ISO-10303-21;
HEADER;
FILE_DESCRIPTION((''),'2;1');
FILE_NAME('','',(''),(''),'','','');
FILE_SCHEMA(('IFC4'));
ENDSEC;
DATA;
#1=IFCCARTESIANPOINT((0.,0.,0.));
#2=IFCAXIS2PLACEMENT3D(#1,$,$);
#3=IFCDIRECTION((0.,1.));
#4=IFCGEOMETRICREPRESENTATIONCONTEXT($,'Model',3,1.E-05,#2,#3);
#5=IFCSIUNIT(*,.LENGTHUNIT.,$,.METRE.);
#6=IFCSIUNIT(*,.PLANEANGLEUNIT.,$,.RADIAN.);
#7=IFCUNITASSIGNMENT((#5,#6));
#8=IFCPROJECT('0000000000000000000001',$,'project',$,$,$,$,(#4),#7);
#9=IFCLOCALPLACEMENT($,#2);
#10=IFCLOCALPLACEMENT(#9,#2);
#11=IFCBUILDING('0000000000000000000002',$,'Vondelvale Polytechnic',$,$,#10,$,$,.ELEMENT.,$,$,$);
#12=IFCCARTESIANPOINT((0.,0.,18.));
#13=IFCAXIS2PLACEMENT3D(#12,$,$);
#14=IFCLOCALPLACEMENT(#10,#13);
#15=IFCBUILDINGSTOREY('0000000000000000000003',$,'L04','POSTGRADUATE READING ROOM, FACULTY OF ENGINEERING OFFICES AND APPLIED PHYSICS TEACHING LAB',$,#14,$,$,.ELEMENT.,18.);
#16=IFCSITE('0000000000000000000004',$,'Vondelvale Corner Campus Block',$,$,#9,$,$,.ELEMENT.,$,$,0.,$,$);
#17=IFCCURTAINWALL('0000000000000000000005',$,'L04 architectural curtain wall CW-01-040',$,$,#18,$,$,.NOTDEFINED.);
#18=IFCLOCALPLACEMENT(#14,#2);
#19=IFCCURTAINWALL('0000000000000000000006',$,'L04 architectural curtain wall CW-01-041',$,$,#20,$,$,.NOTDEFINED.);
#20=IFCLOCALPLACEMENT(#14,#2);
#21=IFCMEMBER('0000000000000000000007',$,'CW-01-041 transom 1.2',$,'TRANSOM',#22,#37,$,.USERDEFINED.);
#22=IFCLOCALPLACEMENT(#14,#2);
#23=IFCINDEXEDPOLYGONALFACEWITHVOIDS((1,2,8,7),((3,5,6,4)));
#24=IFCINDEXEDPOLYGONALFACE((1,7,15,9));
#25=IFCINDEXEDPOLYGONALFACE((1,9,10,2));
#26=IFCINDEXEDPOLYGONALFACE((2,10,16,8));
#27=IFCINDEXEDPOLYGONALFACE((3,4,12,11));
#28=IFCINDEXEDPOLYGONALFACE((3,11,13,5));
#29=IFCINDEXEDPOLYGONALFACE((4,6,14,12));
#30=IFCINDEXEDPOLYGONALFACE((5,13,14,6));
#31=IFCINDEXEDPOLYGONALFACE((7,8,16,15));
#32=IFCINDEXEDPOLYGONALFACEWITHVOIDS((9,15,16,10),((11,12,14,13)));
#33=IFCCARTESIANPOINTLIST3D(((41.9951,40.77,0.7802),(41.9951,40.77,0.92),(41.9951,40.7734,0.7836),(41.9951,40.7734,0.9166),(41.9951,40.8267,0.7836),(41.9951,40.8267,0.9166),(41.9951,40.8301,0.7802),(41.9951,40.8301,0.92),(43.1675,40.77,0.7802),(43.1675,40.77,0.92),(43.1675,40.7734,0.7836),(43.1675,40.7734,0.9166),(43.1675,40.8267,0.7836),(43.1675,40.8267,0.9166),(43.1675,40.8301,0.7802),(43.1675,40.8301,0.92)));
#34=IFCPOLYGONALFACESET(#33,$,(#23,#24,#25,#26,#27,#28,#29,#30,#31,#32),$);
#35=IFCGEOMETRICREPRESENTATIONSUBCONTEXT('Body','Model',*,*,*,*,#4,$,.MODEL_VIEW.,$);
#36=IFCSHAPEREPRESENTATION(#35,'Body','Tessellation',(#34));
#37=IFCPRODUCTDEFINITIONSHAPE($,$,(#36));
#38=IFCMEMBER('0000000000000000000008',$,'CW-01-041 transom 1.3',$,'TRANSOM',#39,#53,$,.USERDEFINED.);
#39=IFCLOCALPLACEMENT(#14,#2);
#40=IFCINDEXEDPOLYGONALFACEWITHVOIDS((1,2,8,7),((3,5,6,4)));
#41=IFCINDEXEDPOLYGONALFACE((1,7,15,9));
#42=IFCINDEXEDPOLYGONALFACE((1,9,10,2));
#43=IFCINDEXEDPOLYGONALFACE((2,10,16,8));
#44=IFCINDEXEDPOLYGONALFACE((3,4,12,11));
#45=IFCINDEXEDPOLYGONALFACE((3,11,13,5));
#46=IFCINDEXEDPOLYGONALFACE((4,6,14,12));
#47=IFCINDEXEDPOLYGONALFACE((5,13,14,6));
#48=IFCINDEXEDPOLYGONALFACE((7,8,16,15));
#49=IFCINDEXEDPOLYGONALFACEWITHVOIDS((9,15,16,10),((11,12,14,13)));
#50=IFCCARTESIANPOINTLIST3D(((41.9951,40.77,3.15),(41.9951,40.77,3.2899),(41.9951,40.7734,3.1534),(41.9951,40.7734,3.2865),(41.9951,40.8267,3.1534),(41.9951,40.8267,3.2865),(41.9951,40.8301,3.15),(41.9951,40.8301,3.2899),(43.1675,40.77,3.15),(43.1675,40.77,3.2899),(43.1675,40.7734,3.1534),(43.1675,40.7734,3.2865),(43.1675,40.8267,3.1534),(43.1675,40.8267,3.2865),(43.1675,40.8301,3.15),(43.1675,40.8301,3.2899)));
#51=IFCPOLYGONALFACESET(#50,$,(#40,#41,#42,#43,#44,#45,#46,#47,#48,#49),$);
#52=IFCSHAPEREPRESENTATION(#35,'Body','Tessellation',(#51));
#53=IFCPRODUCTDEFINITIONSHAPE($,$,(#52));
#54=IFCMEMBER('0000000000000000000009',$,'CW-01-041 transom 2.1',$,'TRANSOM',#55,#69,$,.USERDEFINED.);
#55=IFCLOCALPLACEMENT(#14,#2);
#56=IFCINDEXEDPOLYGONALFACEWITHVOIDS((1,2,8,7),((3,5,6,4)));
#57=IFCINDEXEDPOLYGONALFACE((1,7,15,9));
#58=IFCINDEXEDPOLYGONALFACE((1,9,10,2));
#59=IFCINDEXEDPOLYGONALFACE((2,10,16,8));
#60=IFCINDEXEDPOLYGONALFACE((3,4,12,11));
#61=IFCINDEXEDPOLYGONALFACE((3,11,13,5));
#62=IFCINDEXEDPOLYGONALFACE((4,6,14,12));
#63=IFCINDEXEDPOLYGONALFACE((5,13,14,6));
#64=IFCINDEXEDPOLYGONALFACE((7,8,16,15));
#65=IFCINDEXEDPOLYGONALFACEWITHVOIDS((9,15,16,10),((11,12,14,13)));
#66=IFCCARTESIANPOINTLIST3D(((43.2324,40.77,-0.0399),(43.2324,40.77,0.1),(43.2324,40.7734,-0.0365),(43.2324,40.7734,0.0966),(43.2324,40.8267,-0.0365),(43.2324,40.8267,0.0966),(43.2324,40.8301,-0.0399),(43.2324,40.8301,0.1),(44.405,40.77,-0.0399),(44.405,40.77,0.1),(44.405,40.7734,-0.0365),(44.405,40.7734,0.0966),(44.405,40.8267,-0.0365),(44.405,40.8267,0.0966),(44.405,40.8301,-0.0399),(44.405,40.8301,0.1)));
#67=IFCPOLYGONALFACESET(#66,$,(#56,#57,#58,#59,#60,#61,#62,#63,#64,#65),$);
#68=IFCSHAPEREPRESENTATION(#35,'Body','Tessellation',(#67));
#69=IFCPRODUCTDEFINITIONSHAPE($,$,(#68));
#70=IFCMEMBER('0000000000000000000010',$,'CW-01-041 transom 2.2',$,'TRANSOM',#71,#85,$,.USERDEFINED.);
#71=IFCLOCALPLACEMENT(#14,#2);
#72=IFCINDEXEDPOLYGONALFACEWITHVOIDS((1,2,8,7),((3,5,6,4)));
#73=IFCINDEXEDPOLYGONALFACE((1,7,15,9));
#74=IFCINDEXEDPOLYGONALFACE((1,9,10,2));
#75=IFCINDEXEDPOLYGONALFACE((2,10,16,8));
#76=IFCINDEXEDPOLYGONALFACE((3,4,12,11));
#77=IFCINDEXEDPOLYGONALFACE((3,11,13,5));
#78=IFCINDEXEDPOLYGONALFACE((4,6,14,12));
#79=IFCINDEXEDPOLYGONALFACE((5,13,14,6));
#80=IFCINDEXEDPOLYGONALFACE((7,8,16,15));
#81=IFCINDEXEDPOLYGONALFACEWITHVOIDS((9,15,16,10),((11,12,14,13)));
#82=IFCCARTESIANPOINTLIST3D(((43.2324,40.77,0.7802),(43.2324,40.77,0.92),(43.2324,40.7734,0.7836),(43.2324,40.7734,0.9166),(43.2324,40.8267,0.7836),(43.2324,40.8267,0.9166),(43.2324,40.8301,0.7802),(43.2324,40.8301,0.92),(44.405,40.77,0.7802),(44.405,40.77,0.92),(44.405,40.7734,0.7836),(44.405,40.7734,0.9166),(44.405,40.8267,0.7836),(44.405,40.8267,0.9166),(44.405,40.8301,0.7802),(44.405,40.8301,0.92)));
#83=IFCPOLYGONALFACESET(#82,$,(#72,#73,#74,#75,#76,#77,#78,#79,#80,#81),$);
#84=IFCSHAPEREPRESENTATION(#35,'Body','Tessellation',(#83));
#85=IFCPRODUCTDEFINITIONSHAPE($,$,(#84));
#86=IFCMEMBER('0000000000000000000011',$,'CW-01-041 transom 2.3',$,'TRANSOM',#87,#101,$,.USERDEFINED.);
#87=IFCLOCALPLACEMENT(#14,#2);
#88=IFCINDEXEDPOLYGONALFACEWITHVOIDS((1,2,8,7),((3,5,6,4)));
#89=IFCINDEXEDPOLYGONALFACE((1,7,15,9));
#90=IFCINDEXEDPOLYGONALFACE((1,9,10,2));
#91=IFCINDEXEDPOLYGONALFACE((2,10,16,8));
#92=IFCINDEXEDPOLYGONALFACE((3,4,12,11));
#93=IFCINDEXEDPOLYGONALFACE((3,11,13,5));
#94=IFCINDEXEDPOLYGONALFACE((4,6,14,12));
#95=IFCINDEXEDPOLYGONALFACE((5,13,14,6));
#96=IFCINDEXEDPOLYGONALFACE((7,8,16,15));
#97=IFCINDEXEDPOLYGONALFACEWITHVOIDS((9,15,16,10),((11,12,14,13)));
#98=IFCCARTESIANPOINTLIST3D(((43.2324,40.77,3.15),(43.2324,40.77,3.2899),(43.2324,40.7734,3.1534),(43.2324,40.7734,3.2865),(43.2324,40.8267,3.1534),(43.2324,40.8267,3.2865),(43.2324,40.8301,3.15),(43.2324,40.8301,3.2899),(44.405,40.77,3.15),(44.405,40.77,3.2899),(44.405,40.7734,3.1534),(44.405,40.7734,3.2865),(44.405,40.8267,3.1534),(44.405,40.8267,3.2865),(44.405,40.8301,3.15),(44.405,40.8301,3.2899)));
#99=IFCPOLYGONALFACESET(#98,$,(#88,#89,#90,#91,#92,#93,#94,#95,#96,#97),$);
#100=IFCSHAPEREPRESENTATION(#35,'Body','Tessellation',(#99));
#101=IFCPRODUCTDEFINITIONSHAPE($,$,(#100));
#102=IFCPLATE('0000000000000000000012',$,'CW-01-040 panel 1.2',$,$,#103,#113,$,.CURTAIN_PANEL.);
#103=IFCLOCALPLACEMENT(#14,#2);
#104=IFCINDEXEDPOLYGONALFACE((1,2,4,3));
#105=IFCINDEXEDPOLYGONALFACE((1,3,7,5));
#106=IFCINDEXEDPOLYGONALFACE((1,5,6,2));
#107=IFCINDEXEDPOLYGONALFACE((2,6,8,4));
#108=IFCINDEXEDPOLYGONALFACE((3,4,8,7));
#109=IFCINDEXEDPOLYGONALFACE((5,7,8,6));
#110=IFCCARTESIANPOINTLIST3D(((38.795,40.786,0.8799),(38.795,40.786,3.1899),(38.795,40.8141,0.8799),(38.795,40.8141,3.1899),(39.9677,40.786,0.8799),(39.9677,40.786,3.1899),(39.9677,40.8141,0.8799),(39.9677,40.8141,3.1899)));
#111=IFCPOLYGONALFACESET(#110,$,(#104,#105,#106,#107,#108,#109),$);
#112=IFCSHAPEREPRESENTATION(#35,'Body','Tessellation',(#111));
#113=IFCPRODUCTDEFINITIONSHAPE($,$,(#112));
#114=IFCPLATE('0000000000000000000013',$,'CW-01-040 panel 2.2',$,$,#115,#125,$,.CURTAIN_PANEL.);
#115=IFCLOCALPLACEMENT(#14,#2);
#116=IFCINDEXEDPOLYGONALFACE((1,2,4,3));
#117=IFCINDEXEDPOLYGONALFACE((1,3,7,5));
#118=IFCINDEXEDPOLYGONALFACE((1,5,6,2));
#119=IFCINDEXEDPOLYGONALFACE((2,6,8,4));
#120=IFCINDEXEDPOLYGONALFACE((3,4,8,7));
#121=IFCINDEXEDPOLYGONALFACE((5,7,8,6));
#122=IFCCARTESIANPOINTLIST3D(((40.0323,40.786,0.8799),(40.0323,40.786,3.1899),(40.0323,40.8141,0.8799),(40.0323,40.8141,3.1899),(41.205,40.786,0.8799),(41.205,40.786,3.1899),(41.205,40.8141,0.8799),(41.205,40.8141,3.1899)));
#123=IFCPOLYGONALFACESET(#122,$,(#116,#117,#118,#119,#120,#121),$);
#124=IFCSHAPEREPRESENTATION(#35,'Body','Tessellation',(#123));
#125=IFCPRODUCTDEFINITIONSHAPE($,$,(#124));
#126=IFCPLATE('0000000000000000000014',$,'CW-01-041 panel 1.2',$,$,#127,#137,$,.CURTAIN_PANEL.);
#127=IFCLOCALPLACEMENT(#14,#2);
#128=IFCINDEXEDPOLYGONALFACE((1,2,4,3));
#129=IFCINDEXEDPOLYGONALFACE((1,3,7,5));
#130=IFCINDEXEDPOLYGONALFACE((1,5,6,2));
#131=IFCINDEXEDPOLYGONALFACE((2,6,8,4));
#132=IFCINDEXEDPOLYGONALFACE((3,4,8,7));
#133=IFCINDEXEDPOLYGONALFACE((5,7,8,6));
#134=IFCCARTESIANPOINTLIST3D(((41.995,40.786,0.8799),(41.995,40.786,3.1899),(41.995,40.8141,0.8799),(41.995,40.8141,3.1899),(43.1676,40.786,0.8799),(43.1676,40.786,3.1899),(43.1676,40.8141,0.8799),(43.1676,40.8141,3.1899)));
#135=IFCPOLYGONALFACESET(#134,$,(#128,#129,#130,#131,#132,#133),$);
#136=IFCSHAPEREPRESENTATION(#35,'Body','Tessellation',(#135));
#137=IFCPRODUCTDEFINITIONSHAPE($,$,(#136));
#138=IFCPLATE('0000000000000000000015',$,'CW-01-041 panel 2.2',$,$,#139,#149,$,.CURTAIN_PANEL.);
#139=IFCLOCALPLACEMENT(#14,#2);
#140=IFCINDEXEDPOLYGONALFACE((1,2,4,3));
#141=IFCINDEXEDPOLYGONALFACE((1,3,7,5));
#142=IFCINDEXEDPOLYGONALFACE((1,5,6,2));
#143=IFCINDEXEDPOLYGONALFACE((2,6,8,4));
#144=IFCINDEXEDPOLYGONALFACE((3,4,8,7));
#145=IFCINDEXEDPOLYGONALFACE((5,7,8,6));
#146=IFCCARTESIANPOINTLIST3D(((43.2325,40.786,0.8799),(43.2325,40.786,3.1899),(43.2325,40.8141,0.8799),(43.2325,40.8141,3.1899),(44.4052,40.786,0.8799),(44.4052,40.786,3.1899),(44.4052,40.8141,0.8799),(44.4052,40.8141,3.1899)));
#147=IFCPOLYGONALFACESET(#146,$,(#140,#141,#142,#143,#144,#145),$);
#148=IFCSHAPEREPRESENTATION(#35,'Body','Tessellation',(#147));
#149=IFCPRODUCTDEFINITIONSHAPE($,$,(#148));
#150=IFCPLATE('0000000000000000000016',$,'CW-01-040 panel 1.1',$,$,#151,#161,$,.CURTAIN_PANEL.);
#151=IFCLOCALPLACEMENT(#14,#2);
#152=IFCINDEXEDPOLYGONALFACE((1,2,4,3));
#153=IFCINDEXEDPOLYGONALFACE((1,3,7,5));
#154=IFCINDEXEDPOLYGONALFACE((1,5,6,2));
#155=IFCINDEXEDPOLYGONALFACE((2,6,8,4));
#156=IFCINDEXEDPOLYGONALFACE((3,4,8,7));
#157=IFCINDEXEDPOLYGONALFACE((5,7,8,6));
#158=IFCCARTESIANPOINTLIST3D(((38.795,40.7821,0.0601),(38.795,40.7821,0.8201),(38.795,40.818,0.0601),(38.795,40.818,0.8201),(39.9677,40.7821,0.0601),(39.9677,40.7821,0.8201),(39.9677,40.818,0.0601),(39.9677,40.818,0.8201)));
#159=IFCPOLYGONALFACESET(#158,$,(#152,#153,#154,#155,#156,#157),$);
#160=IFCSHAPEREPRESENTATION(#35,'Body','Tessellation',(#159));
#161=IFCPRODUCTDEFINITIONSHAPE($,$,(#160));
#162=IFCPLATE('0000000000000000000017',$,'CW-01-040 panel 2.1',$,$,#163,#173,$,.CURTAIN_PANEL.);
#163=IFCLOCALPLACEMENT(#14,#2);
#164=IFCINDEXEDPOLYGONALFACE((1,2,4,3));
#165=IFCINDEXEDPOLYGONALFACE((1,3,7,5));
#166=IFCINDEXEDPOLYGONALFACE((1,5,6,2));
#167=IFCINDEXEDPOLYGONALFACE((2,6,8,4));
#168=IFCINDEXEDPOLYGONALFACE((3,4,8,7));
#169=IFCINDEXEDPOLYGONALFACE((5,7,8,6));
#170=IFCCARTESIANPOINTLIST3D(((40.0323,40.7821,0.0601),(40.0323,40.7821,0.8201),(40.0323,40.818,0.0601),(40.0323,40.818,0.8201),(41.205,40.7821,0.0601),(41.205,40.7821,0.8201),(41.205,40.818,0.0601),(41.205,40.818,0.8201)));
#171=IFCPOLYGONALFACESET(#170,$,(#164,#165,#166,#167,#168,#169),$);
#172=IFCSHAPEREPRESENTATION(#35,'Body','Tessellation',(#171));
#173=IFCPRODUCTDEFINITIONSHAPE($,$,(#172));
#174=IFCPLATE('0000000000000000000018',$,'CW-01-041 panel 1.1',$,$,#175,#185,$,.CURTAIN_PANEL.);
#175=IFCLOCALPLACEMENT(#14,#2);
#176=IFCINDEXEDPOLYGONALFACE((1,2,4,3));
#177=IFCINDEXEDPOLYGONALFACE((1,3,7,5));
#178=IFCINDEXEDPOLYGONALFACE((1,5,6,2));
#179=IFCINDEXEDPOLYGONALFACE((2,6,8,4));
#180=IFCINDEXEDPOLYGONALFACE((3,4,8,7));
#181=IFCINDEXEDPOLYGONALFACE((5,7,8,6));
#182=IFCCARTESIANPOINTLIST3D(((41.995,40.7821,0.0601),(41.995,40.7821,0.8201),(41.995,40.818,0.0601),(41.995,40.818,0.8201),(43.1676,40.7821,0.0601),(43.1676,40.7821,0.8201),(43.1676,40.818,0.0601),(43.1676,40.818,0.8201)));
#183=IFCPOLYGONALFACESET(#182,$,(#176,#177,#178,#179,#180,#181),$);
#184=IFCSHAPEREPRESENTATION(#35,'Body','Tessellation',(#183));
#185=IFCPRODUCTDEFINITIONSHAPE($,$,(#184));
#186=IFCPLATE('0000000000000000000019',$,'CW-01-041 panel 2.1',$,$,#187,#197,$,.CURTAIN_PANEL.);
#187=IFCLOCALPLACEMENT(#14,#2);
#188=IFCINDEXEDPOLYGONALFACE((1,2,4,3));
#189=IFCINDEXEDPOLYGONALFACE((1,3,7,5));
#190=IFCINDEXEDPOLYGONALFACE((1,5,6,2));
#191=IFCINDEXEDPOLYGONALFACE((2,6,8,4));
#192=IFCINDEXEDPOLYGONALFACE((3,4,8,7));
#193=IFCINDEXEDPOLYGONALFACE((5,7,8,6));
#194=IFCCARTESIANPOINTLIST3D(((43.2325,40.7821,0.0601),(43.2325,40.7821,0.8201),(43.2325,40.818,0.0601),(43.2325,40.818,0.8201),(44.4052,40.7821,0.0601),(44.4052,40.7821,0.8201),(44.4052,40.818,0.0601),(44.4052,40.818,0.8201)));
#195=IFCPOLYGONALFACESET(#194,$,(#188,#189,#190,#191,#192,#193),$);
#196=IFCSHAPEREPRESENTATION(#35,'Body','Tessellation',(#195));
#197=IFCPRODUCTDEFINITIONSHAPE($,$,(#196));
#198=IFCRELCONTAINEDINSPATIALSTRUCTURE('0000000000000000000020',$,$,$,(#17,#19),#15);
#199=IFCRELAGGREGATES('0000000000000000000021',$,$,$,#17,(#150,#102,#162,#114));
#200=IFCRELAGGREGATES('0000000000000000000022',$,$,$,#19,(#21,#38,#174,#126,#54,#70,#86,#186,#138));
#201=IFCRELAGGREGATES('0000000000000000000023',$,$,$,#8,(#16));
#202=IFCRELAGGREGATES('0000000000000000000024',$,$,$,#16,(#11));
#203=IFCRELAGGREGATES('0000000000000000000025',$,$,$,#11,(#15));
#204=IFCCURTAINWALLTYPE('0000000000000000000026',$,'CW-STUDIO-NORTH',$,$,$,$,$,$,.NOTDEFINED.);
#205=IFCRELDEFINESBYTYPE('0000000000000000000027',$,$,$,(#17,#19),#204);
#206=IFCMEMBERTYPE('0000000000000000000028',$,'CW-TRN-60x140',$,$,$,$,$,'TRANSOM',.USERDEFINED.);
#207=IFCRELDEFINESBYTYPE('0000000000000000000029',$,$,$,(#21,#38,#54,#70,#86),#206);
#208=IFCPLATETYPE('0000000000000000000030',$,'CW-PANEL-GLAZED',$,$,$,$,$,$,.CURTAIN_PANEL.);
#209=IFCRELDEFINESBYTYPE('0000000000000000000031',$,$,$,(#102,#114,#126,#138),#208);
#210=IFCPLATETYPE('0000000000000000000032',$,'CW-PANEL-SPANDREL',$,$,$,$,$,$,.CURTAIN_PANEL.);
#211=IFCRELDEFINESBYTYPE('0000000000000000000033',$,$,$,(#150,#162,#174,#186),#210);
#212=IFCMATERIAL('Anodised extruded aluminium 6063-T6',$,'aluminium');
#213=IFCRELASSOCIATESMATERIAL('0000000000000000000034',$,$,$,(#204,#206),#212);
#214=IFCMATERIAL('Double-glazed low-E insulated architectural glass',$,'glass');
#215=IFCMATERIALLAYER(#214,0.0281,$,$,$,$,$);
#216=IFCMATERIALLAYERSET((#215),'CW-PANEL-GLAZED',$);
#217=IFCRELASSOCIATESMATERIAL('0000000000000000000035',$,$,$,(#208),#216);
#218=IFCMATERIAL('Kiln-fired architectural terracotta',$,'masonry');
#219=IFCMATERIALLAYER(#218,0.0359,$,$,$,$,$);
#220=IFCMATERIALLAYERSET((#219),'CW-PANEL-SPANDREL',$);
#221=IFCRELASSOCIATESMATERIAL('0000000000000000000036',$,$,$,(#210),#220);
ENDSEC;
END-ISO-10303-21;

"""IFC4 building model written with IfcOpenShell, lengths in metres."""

from ifc_helpers import new_model, si_unit, direction, frame, origin, origin_2d, place, context, subcontext, project, spatial, rectangle, hollow_rectangle, extrude, material, layer, layer_set, material_profile, profile_set, type_object, element, aggregate, save


model = new_model("IFC4")

# Units and contexts
model_context = context("Model", 3, precision=1e-05, world=origin(), true_north=direction((0.0, 1.0)))
body_context = subcontext(model_context, "Body", "Model", "MODEL_VIEW")
ifc_project = project(units=[si_unit("LENGTHUNIT", "METRE"), si_unit("PLANEANGLEUNIT", "RADIAN")], contexts=[model_context])

# Site, building, storey
site_placement = place(None, origin())
site = spatial("IfcSite", under=ifc_project, at=site_placement, Name="Vondelvale Corner Campus Block", CompositionType="ELEMENT", RefElevation=0.0)
building_placement = place(site_placement, origin())
building = spatial("IfcBuilding", under=site, at=building_placement, Name="Vondelvale Polytechnic", CompositionType="ELEMENT")
storey_placement = place(building_placement, frame((0.0, 0.0, 18.0)))
storey = spatial("IfcBuildingStorey", under=building, at=storey_placement, Name="L04", Description="POSTGRADUATE READING ROOM, FACULTY OF ENGINEERING OFFICES AND APPLIED PHYSICS TEACHING LAB", CompositionType="ELEMENT", Elevation=18.0)

# Curtain walls
ifc_material_1 = material(Name="Anodised extruded aluminium 6063-T6", Category="aluminium")
curtain_wall_type = type_object("IfcCurtainWallType", Name="CW-STUDIO-NORTH", PredefinedType="NOTDEFINED", material=ifc_material_1)
curtain_wall_1_placement = place(storey_placement, origin())
curtain_wall_1 = element("IfcCurtainWall", 1, at=curtain_wall_1_placement, inside=storey, type_object=curtain_wall_type, Name="L04 architectural curtain wall CW-01-040", PredefinedType="NOTDEFINED")
curtain_wall_2_placement = place(storey_placement, origin())
curtain_wall_2 = element("IfcCurtainWall", 2, at=curtain_wall_2_placement, inside=storey, type_object=curtain_wall_type, Name="L04 architectural curtain wall CW-01-041", PredefinedType="NOTDEFINED")

# Members
ifc_material_profile_1 = material_profile(ifc_material_1, hollow_rectangle(XDim=0.0601, YDim=0.1399, WallThickness=0.0034, at=origin_2d()), Name="CW-TRN-140x60")
ifc_profile_set_1 = profile_set([ifc_material_profile_1], Name="Anodised extruded aluminium 6063-T6")
member_type_1 = type_object("IfcMemberType", Name="CW-TRN-60x140", ElementType="TRANSOM", PredefinedType="USERDEFINED", material=ifc_profile_set_1)
member_1_placement = place(storey_placement, frame((41.9951, 40.8, 0.8501), z_axis=(1.0, 0.0, 0.0), x_axis=(0.0, 1.0, 0.0)))
member_1 = element("IfcMember", 3, at=member_1_placement, type_object=member_type_1, Name="CW-01-041 transom 1.2", ObjectType="TRANSOM", PredefinedType="USERDEFINED", context=body_context, shape_type="SweptSolid", body=[
    extrude(hollow_rectangle(XDim=0.0601, YDim=0.1399, WallThickness=0.0034, at=origin_2d()), origin(), (0.0, 0.0, 1.0), 1.1724),
])
member_2_placement = place(storey_placement, frame((41.9951, 40.8, 3.22), z_axis=(1.0, 0.0, 0.0), x_axis=(0.0, 1.0, 0.0)))
member_2 = element("IfcMember", 4, at=member_2_placement, type_object=member_type_1, Name="CW-01-041 transom 1.3", ObjectType="TRANSOM", PredefinedType="USERDEFINED", context=body_context, shape_type="SweptSolid", body=[
    extrude(hollow_rectangle(XDim=0.0601, YDim=0.1399, WallThickness=0.0034, at=origin_2d()), origin(), (0.0, 0.0, 1.0), 1.1724),
])
member_3_placement = place(storey_placement, frame((43.2324, 40.8, 0.03), z_axis=(1.0, 0.0, 0.0), x_axis=(0.0, 1.0, 0.0)))
member_3 = element("IfcMember", 5, at=member_3_placement, type_object=member_type_1, Name="CW-01-041 transom 2.1", ObjectType="TRANSOM", PredefinedType="USERDEFINED", context=body_context, shape_type="SweptSolid", body=[
    extrude(hollow_rectangle(XDim=0.0601, YDim=0.1399, WallThickness=0.0034, at=origin_2d()), origin(), (0.0, 0.0, 1.0), 1.1726),
])
member_4_placement = place(storey_placement, frame((43.2324, 40.8, 0.8501), z_axis=(1.0, 0.0, 0.0), x_axis=(0.0, 1.0, 0.0)))
member_4 = element("IfcMember", 6, at=member_4_placement, type_object=member_type_1, Name="CW-01-041 transom 2.2", ObjectType="TRANSOM", PredefinedType="USERDEFINED", context=body_context, shape_type="SweptSolid", body=[
    extrude(hollow_rectangle(XDim=0.0601, YDim=0.1399, WallThickness=0.0034, at=origin_2d()), origin(), (0.0, 0.0, 1.0), 1.1726),
])
member_5_placement = place(storey_placement, frame((43.2324, 40.8, 3.22), z_axis=(1.0, 0.0, 0.0), x_axis=(0.0, 1.0, 0.0)))
member_5 = element("IfcMember", 7, at=member_5_placement, type_object=member_type_1, Name="CW-01-041 transom 2.3", ObjectType="TRANSOM", PredefinedType="USERDEFINED", context=body_context, shape_type="SweptSolid", body=[
    extrude(hollow_rectangle(XDim=0.0601, YDim=0.1399, WallThickness=0.0034, at=origin_2d()), origin(), (0.0, 0.0, 1.0), 1.1726),
])

# Plates
ifc_material_2 = material(Name="Double-glazed low-E insulated architectural glass", Category="glass")
ifc_layer_1 = layer(ifc_material_2, 0.0281)
ifc_layer_set_1 = layer_set([ifc_layer_1], Name="CW-PANEL-GLAZED")
plate_type_1 = type_object("IfcPlateType", Name="CW-PANEL-GLAZED", PredefinedType="CURTAIN_PANEL", material=ifc_layer_set_1)
plate_1_placement = place(storey_placement, frame((39.3813, 40.8, 0.8799), z_axis=(0.0, 0.0, 1.0), x_axis=(1.0, 0.0, 0.0)))
plate_1 = element("IfcPlate", 8, at=plate_1_placement, type_object=plate_type_1, Name="CW-01-040 panel 1.2", PredefinedType="CURTAIN_PANEL", context=body_context, shape_type="SweptSolid", body=[
    extrude(rectangle(XDim=1.1726, YDim=0.0281, at=origin_2d()), origin(), (0.0, 0.0, 1.0), 2.3101),
])
plate_2_placement = place(storey_placement, frame((40.6187, 40.8, 0.8799), z_axis=(0.0, 0.0, 1.0), x_axis=(1.0, 0.0, 0.0)))
plate_2 = element("IfcPlate", 9, at=plate_2_placement, type_object=plate_type_1, Name="CW-01-040 panel 2.2", PredefinedType="CURTAIN_PANEL", context=body_context, shape_type="SweptSolid", body=[
    extrude(rectangle(XDim=1.1726, YDim=0.0281, at=origin_2d()), origin(), (0.0, 0.0, 1.0), 2.3101),
])
plate_3_placement = place(storey_placement, frame((42.5813, 40.8, 0.8799), z_axis=(0.0, 0.0, 1.0), x_axis=(1.0, 0.0, 0.0)))
plate_3 = element("IfcPlate", 10, at=plate_3_placement, type_object=plate_type_1, Name="CW-01-041 panel 1.2", PredefinedType="CURTAIN_PANEL", context=body_context, shape_type="SweptSolid", body=[
    extrude(rectangle(XDim=1.1726, YDim=0.0281, at=origin_2d()), origin(), (0.0, 0.0, 1.0), 2.3101),
])
plate_4_placement = place(storey_placement, frame((43.8188, 40.8, 0.8799), z_axis=(0.0, 0.0, 1.0), x_axis=(1.0, 0.0, 0.0)))
plate_4 = element("IfcPlate", 11, at=plate_4_placement, type_object=plate_type_1, Name="CW-01-041 panel 2.2", PredefinedType="CURTAIN_PANEL", context=body_context, shape_type="SweptSolid", body=[
    extrude(rectangle(XDim=1.1726, YDim=0.0281, at=origin_2d()), origin(), (0.0, 0.0, 1.0), 2.3101),
])
ifc_material_3 = material(Name="Kiln-fired architectural terracotta", Category="masonry")
ifc_layer_2 = layer(ifc_material_3, 0.0359)
ifc_layer_set_2 = layer_set([ifc_layer_2], Name="CW-PANEL-SPANDREL")
plate_type_2 = type_object("IfcPlateType", Name="CW-PANEL-SPANDREL", PredefinedType="CURTAIN_PANEL", material=ifc_layer_set_2)
plate_5_placement = place(storey_placement, frame((39.3813, 40.8, 0.0601), z_axis=(0.0, 0.0, 1.0), x_axis=(1.0, 0.0, 0.0)))
plate_5 = element("IfcPlate", 12, at=plate_5_placement, type_object=plate_type_2, Name="CW-01-040 panel 1.1", PredefinedType="CURTAIN_PANEL", context=body_context, shape_type="SweptSolid", body=[
    extrude(rectangle(XDim=1.1726, YDim=0.0359, at=origin_2d()), origin(), (0.0, 0.0, 1.0), 0.76),
])
plate_6_placement = place(storey_placement, frame((40.6187, 40.8, 0.0601), z_axis=(0.0, 0.0, 1.0), x_axis=(1.0, 0.0, 0.0)))
plate_6 = element("IfcPlate", 13, at=plate_6_placement, type_object=plate_type_2, Name="CW-01-040 panel 2.1", PredefinedType="CURTAIN_PANEL", context=body_context, shape_type="SweptSolid", body=[
    extrude(rectangle(XDim=1.1726, YDim=0.0359, at=origin_2d()), origin(), (0.0, 0.0, 1.0), 0.76),
])
aggregate(curtain_wall_1, [plate_5, plate_1, plate_6, plate_2])
plate_7_placement = place(storey_placement, frame((42.5813, 40.8, 0.0601), z_axis=(0.0, 0.0, 1.0), x_axis=(1.0, 0.0, 0.0)))
plate_7 = element("IfcPlate", 14, at=plate_7_placement, type_object=plate_type_2, Name="CW-01-041 panel 1.1", PredefinedType="CURTAIN_PANEL", context=body_context, shape_type="SweptSolid", body=[
    extrude(rectangle(XDim=1.1726, YDim=0.0359, at=origin_2d()), origin(), (0.0, 0.0, 1.0), 0.76),
])
plate_8_placement = place(storey_placement, frame((43.8188, 40.8, 0.0601), z_axis=(0.0, 0.0, 1.0), x_axis=(1.0, 0.0, 0.0)))
plate_8 = element("IfcPlate", 15, at=plate_8_placement, type_object=plate_type_2, Name="CW-01-041 panel 2.1", PredefinedType="CURTAIN_PANEL", context=body_context, shape_type="SweptSolid", body=[
    extrude(rectangle(XDim=1.1726, YDim=0.0359, at=origin_2d()), origin(), (0.0, 0.0, 1.0), 0.76),
])
aggregate(curtain_wall_2, [member_1, member_2, plate_7, plate_3, member_3, member_4, member_5, plate_8, plate_4])

save(model, "model.ifc")
